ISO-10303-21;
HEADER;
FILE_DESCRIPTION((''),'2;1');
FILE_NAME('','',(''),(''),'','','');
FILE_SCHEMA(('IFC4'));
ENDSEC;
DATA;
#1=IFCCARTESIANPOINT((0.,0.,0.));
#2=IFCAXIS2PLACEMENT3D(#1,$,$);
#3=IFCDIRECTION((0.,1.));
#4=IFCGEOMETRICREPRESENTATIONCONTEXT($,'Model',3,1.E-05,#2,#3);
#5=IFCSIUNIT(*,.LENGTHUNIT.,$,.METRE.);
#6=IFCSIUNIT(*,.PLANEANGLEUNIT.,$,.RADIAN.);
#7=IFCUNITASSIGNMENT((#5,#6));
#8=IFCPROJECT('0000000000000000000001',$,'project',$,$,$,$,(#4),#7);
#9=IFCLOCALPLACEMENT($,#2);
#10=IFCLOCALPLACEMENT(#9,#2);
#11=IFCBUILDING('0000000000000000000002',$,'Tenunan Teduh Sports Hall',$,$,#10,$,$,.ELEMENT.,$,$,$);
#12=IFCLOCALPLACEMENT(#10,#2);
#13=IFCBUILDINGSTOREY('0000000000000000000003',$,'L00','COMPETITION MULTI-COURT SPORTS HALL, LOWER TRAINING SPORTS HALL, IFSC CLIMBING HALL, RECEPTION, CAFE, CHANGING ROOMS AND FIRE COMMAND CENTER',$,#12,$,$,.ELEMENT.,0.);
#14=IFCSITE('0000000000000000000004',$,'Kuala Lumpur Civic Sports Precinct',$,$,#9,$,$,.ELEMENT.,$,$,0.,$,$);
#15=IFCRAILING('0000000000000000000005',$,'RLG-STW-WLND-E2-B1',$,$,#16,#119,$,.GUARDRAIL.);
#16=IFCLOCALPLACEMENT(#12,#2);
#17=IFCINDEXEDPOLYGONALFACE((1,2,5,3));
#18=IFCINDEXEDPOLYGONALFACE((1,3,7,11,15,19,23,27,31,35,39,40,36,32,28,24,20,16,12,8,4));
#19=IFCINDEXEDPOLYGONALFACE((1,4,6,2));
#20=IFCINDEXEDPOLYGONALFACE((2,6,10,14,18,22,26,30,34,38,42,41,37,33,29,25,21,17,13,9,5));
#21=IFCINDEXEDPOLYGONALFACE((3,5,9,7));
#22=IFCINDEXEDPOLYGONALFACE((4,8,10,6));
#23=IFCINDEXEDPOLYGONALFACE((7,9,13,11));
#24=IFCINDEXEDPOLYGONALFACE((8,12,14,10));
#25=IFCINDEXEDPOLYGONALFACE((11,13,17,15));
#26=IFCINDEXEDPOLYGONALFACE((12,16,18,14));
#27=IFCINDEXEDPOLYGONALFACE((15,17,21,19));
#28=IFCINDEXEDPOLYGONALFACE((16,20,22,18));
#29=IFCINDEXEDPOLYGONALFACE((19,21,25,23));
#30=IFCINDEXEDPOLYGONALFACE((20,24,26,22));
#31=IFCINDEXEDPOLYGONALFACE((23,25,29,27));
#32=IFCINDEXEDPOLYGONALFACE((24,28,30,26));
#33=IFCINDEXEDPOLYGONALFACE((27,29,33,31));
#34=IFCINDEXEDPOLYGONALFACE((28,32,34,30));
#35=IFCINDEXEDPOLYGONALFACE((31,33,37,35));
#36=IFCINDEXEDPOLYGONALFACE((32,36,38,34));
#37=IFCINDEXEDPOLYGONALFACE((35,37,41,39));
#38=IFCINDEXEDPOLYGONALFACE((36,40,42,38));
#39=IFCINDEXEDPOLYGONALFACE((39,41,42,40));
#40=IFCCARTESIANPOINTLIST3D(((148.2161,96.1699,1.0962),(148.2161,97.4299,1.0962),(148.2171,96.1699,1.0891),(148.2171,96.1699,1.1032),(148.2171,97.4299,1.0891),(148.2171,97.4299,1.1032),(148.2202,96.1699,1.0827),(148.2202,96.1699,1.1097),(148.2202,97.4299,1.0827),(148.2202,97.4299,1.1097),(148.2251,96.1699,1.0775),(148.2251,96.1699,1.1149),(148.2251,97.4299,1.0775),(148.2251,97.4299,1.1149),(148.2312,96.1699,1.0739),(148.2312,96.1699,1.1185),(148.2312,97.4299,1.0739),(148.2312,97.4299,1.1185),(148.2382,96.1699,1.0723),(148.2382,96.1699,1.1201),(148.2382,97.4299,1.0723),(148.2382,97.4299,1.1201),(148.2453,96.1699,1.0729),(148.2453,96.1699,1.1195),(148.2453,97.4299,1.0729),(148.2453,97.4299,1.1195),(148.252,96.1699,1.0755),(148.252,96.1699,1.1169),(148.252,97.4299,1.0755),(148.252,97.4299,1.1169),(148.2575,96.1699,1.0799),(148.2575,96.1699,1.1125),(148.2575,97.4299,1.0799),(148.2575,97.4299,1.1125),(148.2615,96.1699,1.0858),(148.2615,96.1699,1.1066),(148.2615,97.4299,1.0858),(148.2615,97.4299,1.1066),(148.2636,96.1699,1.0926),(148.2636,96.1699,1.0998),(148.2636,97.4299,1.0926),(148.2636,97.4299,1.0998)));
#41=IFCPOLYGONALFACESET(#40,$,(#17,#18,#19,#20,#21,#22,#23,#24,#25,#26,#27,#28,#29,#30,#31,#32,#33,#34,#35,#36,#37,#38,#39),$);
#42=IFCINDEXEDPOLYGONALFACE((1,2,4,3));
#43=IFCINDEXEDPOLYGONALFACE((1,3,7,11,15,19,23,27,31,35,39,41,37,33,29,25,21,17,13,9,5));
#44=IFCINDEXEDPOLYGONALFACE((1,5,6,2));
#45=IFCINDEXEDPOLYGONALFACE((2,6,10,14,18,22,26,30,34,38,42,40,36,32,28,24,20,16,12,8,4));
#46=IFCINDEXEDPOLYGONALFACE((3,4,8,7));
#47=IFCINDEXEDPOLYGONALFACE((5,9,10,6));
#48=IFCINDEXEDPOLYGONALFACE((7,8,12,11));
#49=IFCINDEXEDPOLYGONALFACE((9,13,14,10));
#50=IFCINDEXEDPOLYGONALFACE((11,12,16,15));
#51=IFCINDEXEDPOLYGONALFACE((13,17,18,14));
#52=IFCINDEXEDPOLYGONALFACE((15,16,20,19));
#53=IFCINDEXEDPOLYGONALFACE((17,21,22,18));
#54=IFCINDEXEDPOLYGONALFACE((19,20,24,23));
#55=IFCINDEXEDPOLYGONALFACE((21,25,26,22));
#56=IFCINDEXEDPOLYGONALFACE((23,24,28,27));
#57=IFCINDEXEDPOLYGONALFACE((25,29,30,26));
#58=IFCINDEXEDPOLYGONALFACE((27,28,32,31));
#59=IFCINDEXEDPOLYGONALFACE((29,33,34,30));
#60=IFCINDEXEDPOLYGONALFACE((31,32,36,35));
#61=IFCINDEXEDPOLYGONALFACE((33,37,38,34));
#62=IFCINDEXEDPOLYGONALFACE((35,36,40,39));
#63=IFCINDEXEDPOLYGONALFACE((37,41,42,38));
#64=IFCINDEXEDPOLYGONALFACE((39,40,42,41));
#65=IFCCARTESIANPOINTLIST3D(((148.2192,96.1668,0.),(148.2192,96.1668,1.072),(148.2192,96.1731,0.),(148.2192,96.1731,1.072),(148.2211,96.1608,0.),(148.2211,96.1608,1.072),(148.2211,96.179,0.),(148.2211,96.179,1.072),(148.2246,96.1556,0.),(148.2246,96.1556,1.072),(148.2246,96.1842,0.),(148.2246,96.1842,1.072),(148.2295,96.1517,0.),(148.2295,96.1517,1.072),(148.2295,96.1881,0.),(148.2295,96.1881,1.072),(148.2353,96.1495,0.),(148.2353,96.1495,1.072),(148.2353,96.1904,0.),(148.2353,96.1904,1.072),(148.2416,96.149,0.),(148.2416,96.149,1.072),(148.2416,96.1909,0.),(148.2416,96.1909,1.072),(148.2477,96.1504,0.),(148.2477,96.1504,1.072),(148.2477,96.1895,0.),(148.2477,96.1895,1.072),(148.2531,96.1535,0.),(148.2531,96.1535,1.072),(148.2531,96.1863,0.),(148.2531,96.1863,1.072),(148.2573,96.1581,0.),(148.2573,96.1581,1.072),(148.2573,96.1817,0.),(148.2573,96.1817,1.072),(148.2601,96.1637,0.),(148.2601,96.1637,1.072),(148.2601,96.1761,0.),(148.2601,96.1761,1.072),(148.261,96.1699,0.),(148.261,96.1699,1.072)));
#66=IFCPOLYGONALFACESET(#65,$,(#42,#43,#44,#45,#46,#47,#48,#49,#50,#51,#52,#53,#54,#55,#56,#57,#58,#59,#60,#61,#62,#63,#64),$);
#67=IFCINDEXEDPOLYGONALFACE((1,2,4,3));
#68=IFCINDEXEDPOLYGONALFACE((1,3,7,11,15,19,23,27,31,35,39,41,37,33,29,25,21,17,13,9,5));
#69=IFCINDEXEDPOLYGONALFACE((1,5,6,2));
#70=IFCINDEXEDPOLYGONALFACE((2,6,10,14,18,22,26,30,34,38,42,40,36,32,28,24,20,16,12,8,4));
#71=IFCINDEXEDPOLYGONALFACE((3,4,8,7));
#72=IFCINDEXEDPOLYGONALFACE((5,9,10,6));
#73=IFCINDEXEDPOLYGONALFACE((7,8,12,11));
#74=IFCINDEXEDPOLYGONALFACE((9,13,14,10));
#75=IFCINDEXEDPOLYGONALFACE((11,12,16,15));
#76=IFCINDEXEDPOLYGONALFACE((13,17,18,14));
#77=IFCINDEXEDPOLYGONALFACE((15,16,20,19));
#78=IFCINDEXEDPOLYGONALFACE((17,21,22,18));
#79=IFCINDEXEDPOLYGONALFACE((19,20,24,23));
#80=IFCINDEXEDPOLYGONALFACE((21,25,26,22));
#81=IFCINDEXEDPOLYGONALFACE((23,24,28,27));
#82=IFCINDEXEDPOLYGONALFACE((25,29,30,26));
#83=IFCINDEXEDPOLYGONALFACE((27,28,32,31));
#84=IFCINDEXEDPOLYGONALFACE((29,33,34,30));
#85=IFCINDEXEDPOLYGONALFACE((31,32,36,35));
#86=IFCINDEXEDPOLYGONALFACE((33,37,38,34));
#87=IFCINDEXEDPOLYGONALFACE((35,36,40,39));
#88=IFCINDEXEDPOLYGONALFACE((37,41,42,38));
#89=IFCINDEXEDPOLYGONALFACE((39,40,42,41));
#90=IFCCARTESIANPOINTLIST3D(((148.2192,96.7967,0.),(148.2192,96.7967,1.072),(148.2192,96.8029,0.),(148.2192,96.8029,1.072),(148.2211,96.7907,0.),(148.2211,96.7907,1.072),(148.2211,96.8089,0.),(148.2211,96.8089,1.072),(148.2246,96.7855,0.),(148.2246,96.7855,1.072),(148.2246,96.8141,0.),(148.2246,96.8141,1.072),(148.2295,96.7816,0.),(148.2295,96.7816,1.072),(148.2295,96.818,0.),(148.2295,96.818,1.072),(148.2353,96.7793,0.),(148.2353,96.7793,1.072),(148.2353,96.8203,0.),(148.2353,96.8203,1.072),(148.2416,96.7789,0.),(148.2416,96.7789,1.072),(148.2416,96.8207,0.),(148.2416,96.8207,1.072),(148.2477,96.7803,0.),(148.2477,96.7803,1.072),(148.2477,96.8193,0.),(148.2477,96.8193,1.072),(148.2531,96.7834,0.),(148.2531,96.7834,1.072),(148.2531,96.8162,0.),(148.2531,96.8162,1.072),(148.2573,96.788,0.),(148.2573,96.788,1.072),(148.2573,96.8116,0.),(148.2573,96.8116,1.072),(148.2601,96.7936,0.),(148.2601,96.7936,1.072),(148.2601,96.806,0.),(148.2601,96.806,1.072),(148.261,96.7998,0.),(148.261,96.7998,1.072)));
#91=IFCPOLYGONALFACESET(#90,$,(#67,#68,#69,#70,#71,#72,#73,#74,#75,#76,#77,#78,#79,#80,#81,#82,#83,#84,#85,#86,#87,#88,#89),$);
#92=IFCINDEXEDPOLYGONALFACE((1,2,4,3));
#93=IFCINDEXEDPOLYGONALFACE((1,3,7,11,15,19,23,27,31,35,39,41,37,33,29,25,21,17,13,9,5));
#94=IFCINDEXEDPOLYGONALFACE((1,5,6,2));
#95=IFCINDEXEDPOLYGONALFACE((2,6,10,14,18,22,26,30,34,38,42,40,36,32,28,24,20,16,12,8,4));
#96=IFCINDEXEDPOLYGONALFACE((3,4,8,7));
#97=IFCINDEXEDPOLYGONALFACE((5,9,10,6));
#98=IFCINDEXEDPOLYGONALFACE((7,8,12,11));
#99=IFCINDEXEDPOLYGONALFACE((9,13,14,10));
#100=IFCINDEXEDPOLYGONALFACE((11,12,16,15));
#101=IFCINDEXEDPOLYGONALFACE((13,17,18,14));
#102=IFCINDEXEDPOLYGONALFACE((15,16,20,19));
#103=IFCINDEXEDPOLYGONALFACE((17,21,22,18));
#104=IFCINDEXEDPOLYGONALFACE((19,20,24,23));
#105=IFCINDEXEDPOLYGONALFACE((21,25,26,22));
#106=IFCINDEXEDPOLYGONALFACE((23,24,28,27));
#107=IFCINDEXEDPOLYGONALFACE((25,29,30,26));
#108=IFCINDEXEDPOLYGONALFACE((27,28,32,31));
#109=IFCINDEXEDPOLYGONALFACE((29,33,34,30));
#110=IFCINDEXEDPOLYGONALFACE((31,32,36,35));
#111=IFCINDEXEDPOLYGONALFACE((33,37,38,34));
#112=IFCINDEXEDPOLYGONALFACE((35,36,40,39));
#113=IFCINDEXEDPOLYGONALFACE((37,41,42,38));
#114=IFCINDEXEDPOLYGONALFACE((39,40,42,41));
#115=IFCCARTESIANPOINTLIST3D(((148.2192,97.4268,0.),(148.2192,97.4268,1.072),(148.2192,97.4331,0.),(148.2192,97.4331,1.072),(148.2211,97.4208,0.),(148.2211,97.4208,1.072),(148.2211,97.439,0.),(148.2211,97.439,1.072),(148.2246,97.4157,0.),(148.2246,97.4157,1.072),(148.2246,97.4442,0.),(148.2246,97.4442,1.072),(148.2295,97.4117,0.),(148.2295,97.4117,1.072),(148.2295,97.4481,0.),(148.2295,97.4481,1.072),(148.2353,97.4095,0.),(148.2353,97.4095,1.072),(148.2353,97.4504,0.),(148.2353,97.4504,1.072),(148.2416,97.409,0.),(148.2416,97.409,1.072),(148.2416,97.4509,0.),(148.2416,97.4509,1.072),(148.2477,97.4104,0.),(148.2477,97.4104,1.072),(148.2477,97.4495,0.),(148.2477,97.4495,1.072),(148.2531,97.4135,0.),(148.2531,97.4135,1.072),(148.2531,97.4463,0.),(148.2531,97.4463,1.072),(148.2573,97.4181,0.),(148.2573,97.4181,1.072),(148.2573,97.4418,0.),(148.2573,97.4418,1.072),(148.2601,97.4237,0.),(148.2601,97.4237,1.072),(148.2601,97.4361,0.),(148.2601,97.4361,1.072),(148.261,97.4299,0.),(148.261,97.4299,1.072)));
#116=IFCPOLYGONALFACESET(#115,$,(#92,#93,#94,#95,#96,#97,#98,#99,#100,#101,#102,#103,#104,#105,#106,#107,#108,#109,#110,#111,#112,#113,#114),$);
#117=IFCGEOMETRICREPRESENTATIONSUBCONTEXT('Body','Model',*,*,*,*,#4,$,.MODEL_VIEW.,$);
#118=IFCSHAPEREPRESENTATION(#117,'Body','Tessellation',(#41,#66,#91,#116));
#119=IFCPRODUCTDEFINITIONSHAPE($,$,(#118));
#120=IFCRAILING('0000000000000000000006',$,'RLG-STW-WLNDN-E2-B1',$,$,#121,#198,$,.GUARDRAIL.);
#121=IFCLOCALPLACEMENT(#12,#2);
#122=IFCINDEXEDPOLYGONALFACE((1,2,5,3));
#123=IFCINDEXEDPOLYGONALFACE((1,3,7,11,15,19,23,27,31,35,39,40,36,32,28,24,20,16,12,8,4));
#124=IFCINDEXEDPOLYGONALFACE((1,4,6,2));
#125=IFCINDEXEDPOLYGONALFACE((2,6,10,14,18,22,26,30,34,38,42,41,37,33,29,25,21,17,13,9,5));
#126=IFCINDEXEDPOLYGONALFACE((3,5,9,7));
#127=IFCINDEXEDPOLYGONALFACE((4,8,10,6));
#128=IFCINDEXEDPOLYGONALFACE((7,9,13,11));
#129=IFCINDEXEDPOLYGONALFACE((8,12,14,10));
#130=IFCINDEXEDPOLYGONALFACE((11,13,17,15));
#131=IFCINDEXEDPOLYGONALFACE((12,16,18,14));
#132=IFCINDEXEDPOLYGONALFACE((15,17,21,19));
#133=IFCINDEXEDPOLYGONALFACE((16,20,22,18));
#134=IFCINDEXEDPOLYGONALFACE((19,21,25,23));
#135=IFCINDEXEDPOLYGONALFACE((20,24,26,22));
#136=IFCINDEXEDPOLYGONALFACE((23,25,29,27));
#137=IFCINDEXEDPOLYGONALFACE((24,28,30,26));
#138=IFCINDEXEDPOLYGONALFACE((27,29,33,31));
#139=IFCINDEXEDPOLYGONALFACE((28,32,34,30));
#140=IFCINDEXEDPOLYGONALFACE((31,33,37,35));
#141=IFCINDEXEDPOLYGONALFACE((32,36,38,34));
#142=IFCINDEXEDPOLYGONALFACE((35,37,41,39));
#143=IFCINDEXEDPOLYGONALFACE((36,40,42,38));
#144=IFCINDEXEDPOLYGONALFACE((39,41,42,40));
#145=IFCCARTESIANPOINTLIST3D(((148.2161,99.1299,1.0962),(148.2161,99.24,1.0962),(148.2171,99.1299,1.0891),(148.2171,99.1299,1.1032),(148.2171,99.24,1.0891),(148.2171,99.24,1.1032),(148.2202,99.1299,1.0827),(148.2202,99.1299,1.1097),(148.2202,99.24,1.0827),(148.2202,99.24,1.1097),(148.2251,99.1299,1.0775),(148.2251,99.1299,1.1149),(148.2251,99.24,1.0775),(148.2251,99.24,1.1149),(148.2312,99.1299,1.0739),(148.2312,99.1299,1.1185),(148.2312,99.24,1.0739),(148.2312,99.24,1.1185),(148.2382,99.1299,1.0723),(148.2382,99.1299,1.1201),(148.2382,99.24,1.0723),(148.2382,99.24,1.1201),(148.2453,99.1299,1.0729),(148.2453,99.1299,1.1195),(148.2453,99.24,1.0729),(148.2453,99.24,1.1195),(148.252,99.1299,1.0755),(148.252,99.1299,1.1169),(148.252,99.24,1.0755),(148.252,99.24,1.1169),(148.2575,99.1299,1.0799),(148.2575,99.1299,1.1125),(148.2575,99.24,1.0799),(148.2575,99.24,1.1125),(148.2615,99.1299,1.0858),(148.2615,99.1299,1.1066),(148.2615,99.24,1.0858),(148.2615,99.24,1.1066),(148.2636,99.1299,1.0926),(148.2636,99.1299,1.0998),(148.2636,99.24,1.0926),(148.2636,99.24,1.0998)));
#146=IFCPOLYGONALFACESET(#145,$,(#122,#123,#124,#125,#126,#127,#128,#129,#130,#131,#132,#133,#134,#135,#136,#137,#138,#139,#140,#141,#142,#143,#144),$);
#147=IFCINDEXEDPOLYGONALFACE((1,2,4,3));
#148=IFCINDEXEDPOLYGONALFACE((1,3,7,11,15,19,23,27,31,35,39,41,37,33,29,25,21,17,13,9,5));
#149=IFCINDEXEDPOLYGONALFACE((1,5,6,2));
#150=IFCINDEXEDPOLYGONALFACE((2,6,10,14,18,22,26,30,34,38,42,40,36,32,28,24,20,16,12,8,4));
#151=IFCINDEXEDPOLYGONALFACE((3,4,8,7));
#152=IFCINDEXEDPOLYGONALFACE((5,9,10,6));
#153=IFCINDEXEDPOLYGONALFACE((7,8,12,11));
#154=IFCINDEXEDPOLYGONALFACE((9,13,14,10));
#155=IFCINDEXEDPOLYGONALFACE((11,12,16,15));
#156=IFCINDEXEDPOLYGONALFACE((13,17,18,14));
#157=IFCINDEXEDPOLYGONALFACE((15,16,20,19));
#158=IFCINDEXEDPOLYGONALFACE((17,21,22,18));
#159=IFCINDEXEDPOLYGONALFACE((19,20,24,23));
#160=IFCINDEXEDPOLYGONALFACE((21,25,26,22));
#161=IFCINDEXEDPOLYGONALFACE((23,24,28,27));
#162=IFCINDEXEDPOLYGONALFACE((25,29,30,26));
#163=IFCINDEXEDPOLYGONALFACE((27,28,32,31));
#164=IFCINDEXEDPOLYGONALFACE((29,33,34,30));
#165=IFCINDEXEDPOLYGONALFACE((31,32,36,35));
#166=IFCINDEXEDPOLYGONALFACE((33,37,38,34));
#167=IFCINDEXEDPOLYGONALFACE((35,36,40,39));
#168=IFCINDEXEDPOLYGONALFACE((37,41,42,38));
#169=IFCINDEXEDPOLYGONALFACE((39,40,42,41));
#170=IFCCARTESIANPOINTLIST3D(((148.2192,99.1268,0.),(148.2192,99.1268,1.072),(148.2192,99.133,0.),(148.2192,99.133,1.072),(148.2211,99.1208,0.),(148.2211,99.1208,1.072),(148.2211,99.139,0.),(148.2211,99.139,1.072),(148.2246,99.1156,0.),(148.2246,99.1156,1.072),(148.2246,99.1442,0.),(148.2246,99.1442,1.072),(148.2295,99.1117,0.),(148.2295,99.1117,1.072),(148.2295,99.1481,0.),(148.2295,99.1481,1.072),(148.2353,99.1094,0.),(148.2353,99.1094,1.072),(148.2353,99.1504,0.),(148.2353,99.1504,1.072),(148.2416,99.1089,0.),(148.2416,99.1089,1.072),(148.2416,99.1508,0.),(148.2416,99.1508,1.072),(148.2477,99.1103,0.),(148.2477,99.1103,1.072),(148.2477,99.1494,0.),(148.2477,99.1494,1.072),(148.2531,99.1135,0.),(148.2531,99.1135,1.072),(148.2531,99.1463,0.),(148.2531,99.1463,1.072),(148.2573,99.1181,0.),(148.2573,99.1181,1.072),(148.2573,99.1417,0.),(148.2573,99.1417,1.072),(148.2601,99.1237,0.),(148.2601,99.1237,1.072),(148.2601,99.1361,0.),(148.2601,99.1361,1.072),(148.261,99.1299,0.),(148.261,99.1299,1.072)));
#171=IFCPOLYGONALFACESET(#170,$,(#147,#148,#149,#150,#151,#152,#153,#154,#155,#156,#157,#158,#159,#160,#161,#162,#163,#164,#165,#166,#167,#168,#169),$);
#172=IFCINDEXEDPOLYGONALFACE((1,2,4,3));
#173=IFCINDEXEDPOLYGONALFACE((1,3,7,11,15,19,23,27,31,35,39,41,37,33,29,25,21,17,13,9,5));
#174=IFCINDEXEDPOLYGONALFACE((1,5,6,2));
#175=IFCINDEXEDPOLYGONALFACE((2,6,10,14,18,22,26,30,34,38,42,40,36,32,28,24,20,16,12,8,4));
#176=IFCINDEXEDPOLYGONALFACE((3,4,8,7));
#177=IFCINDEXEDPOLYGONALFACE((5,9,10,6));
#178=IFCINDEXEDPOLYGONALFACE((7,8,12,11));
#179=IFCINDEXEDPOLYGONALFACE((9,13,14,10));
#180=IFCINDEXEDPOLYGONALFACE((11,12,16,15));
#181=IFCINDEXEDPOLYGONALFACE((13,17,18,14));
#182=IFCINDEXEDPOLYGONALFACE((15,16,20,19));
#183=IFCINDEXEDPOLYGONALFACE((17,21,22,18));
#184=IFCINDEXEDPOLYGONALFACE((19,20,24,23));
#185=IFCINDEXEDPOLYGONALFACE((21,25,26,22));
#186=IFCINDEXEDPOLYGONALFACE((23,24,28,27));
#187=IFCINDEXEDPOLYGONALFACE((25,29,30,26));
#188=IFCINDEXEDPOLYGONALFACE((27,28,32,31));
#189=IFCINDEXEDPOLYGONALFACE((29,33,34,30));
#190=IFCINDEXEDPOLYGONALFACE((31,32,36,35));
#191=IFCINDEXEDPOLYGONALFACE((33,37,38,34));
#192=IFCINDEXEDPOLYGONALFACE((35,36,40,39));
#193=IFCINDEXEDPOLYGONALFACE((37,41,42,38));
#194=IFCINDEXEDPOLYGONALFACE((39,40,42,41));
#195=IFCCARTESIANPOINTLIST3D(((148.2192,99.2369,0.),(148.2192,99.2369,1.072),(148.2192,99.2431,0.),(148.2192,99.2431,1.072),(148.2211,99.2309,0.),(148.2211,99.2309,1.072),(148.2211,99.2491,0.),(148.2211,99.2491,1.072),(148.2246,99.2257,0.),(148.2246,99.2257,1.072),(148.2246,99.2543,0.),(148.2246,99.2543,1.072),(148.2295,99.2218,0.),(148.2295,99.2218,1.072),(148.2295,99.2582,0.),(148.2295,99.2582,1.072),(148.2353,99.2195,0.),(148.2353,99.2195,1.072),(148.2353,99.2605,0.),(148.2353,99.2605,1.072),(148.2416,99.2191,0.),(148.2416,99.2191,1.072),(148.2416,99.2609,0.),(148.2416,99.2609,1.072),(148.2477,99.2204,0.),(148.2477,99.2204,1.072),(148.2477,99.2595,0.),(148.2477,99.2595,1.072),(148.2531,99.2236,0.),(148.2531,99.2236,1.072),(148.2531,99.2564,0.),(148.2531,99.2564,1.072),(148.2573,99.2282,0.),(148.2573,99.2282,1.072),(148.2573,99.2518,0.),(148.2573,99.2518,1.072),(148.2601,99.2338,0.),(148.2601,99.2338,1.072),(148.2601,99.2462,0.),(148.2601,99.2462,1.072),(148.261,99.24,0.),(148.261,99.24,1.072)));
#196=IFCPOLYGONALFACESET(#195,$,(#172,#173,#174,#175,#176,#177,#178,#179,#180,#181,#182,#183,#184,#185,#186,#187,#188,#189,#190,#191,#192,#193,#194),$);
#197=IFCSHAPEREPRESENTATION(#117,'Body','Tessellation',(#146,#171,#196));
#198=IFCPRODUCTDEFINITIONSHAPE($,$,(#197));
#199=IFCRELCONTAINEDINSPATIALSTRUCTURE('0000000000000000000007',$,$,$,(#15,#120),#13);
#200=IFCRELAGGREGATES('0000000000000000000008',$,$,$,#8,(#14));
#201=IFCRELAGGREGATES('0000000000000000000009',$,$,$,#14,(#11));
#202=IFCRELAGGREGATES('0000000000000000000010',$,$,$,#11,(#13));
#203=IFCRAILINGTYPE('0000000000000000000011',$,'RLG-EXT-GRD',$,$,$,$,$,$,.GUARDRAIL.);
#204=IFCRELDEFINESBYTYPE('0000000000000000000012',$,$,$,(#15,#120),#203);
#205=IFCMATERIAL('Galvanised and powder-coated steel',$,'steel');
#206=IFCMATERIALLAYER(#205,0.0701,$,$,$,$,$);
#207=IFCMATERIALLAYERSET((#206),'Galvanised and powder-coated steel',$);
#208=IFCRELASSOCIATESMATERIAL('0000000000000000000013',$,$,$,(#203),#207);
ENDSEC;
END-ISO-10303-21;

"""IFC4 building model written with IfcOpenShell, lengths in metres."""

from ifc_helpers import new_model, si_unit, direction, frame, origin, origin_2d, place, context, subcontext, project, spatial, circle, extrude, material, layer, layer_set, type_object, element, save


model = new_model("IFC4")

# Units and contexts
model_context = context("Model", 3, precision=1e-05, world=origin(), true_north=direction((0.0, 1.0)))
body_context = subcontext(model_context, "Body", "Model", "MODEL_VIEW")
ifc_project = project(units=[si_unit("LENGTHUNIT", "METRE"), si_unit("PLANEANGLEUNIT", "RADIAN")], contexts=[model_context])

# Site, building, storey
site_placement = place(None, origin())
site = spatial("IfcSite", under=ifc_project, at=site_placement, Name="Kuala Lumpur Civic Sports Precinct", CompositionType="ELEMENT", RefElevation=0.0)
building_placement = place(site_placement, origin())
building = spatial("IfcBuilding", under=site, at=building_placement, Name="Tenunan Teduh Sports Hall", CompositionType="ELEMENT")
storey_placement = place(building_placement, origin())
storey = spatial("IfcBuildingStorey", under=building, at=storey_placement, Name="L00", Description="COMPETITION MULTI-COURT SPORTS HALL, LOWER TRAINING SPORTS HALL, IFSC CLIMBING HALL, RECEPTION, CAFE, CHANGING ROOMS AND FIRE COMMAND CENTER", CompositionType="ELEMENT", Elevation=0.0)

# Railings
ifc_material_1 = material(Name="Galvanised and powder-coated steel", Category="steel")
ifc_layer_1 = layer(ifc_material_1, 0.0701)
ifc_layer_set_1 = layer_set([ifc_layer_1], Name="Galvanised and powder-coated steel")
railing_type_1 = type_object("IfcRailingType", Name="RLG-EXT-GRD", PredefinedType="GUARDRAIL", material=ifc_layer_set_1)
railing_1_placement = place(storey_placement, frame((148.24, 96.1699, 0.0)))
element("IfcRailing", 1, at=railing_1_placement, inside=storey, type_object=railing_type_1, Name="RLG-STW-WLND-E2-B1", PredefinedType="GUARDRAIL", context=body_context, shape_type="SweptSolid", body=[
    extrude(circle(Radius=0.0239, at=origin_2d()), frame((0.0, 0.0, 1.0962), z_axis=(0.0, 1.0, 0.0), x_axis=(-1.0, 0.0, 0.0)), (0.0, 0.0, 1.0), 1.26),
    extrude(circle(Radius=0.021, at=origin_2d()), origin(), (0.0, 0.0, 1.0), 1.072),
    extrude(circle(Radius=0.021, at=origin_2d()), frame((0.0, 0.6299, 0.0)), (0.0, 0.0, 1.0), 1.072),
    extrude(circle(Radius=0.021, at=origin_2d()), frame((0.0, 1.26, 0.0)), (0.0, 0.0, 1.0), 1.072),
])
railing_2_placement = place(storey_placement, frame((148.24, 99.1299, 0.0)))
element("IfcRailing", 2, at=railing_2_placement, inside=storey, type_object=railing_type_1, Name="RLG-STW-WLNDN-E2-B1", PredefinedType="GUARDRAIL", context=body_context, shape_type="SweptSolid", body=[
    extrude(circle(Radius=0.0239, at=origin_2d()), frame((0.0, 0.0, 1.0962), z_axis=(0.0, 1.0, 0.0), x_axis=(-1.0, 0.0, 0.0)), (0.0, 0.0, 1.0), 0.1101),
    extrude(circle(Radius=0.021, at=origin_2d()), origin(), (0.0, 0.0, 1.0), 1.072),
    extrude(circle(Radius=0.021, at=origin_2d()), frame((0.0, 0.1101, 0.0)), (0.0, 0.0, 1.0), 1.072),
])

save(model, "model.ifc")
